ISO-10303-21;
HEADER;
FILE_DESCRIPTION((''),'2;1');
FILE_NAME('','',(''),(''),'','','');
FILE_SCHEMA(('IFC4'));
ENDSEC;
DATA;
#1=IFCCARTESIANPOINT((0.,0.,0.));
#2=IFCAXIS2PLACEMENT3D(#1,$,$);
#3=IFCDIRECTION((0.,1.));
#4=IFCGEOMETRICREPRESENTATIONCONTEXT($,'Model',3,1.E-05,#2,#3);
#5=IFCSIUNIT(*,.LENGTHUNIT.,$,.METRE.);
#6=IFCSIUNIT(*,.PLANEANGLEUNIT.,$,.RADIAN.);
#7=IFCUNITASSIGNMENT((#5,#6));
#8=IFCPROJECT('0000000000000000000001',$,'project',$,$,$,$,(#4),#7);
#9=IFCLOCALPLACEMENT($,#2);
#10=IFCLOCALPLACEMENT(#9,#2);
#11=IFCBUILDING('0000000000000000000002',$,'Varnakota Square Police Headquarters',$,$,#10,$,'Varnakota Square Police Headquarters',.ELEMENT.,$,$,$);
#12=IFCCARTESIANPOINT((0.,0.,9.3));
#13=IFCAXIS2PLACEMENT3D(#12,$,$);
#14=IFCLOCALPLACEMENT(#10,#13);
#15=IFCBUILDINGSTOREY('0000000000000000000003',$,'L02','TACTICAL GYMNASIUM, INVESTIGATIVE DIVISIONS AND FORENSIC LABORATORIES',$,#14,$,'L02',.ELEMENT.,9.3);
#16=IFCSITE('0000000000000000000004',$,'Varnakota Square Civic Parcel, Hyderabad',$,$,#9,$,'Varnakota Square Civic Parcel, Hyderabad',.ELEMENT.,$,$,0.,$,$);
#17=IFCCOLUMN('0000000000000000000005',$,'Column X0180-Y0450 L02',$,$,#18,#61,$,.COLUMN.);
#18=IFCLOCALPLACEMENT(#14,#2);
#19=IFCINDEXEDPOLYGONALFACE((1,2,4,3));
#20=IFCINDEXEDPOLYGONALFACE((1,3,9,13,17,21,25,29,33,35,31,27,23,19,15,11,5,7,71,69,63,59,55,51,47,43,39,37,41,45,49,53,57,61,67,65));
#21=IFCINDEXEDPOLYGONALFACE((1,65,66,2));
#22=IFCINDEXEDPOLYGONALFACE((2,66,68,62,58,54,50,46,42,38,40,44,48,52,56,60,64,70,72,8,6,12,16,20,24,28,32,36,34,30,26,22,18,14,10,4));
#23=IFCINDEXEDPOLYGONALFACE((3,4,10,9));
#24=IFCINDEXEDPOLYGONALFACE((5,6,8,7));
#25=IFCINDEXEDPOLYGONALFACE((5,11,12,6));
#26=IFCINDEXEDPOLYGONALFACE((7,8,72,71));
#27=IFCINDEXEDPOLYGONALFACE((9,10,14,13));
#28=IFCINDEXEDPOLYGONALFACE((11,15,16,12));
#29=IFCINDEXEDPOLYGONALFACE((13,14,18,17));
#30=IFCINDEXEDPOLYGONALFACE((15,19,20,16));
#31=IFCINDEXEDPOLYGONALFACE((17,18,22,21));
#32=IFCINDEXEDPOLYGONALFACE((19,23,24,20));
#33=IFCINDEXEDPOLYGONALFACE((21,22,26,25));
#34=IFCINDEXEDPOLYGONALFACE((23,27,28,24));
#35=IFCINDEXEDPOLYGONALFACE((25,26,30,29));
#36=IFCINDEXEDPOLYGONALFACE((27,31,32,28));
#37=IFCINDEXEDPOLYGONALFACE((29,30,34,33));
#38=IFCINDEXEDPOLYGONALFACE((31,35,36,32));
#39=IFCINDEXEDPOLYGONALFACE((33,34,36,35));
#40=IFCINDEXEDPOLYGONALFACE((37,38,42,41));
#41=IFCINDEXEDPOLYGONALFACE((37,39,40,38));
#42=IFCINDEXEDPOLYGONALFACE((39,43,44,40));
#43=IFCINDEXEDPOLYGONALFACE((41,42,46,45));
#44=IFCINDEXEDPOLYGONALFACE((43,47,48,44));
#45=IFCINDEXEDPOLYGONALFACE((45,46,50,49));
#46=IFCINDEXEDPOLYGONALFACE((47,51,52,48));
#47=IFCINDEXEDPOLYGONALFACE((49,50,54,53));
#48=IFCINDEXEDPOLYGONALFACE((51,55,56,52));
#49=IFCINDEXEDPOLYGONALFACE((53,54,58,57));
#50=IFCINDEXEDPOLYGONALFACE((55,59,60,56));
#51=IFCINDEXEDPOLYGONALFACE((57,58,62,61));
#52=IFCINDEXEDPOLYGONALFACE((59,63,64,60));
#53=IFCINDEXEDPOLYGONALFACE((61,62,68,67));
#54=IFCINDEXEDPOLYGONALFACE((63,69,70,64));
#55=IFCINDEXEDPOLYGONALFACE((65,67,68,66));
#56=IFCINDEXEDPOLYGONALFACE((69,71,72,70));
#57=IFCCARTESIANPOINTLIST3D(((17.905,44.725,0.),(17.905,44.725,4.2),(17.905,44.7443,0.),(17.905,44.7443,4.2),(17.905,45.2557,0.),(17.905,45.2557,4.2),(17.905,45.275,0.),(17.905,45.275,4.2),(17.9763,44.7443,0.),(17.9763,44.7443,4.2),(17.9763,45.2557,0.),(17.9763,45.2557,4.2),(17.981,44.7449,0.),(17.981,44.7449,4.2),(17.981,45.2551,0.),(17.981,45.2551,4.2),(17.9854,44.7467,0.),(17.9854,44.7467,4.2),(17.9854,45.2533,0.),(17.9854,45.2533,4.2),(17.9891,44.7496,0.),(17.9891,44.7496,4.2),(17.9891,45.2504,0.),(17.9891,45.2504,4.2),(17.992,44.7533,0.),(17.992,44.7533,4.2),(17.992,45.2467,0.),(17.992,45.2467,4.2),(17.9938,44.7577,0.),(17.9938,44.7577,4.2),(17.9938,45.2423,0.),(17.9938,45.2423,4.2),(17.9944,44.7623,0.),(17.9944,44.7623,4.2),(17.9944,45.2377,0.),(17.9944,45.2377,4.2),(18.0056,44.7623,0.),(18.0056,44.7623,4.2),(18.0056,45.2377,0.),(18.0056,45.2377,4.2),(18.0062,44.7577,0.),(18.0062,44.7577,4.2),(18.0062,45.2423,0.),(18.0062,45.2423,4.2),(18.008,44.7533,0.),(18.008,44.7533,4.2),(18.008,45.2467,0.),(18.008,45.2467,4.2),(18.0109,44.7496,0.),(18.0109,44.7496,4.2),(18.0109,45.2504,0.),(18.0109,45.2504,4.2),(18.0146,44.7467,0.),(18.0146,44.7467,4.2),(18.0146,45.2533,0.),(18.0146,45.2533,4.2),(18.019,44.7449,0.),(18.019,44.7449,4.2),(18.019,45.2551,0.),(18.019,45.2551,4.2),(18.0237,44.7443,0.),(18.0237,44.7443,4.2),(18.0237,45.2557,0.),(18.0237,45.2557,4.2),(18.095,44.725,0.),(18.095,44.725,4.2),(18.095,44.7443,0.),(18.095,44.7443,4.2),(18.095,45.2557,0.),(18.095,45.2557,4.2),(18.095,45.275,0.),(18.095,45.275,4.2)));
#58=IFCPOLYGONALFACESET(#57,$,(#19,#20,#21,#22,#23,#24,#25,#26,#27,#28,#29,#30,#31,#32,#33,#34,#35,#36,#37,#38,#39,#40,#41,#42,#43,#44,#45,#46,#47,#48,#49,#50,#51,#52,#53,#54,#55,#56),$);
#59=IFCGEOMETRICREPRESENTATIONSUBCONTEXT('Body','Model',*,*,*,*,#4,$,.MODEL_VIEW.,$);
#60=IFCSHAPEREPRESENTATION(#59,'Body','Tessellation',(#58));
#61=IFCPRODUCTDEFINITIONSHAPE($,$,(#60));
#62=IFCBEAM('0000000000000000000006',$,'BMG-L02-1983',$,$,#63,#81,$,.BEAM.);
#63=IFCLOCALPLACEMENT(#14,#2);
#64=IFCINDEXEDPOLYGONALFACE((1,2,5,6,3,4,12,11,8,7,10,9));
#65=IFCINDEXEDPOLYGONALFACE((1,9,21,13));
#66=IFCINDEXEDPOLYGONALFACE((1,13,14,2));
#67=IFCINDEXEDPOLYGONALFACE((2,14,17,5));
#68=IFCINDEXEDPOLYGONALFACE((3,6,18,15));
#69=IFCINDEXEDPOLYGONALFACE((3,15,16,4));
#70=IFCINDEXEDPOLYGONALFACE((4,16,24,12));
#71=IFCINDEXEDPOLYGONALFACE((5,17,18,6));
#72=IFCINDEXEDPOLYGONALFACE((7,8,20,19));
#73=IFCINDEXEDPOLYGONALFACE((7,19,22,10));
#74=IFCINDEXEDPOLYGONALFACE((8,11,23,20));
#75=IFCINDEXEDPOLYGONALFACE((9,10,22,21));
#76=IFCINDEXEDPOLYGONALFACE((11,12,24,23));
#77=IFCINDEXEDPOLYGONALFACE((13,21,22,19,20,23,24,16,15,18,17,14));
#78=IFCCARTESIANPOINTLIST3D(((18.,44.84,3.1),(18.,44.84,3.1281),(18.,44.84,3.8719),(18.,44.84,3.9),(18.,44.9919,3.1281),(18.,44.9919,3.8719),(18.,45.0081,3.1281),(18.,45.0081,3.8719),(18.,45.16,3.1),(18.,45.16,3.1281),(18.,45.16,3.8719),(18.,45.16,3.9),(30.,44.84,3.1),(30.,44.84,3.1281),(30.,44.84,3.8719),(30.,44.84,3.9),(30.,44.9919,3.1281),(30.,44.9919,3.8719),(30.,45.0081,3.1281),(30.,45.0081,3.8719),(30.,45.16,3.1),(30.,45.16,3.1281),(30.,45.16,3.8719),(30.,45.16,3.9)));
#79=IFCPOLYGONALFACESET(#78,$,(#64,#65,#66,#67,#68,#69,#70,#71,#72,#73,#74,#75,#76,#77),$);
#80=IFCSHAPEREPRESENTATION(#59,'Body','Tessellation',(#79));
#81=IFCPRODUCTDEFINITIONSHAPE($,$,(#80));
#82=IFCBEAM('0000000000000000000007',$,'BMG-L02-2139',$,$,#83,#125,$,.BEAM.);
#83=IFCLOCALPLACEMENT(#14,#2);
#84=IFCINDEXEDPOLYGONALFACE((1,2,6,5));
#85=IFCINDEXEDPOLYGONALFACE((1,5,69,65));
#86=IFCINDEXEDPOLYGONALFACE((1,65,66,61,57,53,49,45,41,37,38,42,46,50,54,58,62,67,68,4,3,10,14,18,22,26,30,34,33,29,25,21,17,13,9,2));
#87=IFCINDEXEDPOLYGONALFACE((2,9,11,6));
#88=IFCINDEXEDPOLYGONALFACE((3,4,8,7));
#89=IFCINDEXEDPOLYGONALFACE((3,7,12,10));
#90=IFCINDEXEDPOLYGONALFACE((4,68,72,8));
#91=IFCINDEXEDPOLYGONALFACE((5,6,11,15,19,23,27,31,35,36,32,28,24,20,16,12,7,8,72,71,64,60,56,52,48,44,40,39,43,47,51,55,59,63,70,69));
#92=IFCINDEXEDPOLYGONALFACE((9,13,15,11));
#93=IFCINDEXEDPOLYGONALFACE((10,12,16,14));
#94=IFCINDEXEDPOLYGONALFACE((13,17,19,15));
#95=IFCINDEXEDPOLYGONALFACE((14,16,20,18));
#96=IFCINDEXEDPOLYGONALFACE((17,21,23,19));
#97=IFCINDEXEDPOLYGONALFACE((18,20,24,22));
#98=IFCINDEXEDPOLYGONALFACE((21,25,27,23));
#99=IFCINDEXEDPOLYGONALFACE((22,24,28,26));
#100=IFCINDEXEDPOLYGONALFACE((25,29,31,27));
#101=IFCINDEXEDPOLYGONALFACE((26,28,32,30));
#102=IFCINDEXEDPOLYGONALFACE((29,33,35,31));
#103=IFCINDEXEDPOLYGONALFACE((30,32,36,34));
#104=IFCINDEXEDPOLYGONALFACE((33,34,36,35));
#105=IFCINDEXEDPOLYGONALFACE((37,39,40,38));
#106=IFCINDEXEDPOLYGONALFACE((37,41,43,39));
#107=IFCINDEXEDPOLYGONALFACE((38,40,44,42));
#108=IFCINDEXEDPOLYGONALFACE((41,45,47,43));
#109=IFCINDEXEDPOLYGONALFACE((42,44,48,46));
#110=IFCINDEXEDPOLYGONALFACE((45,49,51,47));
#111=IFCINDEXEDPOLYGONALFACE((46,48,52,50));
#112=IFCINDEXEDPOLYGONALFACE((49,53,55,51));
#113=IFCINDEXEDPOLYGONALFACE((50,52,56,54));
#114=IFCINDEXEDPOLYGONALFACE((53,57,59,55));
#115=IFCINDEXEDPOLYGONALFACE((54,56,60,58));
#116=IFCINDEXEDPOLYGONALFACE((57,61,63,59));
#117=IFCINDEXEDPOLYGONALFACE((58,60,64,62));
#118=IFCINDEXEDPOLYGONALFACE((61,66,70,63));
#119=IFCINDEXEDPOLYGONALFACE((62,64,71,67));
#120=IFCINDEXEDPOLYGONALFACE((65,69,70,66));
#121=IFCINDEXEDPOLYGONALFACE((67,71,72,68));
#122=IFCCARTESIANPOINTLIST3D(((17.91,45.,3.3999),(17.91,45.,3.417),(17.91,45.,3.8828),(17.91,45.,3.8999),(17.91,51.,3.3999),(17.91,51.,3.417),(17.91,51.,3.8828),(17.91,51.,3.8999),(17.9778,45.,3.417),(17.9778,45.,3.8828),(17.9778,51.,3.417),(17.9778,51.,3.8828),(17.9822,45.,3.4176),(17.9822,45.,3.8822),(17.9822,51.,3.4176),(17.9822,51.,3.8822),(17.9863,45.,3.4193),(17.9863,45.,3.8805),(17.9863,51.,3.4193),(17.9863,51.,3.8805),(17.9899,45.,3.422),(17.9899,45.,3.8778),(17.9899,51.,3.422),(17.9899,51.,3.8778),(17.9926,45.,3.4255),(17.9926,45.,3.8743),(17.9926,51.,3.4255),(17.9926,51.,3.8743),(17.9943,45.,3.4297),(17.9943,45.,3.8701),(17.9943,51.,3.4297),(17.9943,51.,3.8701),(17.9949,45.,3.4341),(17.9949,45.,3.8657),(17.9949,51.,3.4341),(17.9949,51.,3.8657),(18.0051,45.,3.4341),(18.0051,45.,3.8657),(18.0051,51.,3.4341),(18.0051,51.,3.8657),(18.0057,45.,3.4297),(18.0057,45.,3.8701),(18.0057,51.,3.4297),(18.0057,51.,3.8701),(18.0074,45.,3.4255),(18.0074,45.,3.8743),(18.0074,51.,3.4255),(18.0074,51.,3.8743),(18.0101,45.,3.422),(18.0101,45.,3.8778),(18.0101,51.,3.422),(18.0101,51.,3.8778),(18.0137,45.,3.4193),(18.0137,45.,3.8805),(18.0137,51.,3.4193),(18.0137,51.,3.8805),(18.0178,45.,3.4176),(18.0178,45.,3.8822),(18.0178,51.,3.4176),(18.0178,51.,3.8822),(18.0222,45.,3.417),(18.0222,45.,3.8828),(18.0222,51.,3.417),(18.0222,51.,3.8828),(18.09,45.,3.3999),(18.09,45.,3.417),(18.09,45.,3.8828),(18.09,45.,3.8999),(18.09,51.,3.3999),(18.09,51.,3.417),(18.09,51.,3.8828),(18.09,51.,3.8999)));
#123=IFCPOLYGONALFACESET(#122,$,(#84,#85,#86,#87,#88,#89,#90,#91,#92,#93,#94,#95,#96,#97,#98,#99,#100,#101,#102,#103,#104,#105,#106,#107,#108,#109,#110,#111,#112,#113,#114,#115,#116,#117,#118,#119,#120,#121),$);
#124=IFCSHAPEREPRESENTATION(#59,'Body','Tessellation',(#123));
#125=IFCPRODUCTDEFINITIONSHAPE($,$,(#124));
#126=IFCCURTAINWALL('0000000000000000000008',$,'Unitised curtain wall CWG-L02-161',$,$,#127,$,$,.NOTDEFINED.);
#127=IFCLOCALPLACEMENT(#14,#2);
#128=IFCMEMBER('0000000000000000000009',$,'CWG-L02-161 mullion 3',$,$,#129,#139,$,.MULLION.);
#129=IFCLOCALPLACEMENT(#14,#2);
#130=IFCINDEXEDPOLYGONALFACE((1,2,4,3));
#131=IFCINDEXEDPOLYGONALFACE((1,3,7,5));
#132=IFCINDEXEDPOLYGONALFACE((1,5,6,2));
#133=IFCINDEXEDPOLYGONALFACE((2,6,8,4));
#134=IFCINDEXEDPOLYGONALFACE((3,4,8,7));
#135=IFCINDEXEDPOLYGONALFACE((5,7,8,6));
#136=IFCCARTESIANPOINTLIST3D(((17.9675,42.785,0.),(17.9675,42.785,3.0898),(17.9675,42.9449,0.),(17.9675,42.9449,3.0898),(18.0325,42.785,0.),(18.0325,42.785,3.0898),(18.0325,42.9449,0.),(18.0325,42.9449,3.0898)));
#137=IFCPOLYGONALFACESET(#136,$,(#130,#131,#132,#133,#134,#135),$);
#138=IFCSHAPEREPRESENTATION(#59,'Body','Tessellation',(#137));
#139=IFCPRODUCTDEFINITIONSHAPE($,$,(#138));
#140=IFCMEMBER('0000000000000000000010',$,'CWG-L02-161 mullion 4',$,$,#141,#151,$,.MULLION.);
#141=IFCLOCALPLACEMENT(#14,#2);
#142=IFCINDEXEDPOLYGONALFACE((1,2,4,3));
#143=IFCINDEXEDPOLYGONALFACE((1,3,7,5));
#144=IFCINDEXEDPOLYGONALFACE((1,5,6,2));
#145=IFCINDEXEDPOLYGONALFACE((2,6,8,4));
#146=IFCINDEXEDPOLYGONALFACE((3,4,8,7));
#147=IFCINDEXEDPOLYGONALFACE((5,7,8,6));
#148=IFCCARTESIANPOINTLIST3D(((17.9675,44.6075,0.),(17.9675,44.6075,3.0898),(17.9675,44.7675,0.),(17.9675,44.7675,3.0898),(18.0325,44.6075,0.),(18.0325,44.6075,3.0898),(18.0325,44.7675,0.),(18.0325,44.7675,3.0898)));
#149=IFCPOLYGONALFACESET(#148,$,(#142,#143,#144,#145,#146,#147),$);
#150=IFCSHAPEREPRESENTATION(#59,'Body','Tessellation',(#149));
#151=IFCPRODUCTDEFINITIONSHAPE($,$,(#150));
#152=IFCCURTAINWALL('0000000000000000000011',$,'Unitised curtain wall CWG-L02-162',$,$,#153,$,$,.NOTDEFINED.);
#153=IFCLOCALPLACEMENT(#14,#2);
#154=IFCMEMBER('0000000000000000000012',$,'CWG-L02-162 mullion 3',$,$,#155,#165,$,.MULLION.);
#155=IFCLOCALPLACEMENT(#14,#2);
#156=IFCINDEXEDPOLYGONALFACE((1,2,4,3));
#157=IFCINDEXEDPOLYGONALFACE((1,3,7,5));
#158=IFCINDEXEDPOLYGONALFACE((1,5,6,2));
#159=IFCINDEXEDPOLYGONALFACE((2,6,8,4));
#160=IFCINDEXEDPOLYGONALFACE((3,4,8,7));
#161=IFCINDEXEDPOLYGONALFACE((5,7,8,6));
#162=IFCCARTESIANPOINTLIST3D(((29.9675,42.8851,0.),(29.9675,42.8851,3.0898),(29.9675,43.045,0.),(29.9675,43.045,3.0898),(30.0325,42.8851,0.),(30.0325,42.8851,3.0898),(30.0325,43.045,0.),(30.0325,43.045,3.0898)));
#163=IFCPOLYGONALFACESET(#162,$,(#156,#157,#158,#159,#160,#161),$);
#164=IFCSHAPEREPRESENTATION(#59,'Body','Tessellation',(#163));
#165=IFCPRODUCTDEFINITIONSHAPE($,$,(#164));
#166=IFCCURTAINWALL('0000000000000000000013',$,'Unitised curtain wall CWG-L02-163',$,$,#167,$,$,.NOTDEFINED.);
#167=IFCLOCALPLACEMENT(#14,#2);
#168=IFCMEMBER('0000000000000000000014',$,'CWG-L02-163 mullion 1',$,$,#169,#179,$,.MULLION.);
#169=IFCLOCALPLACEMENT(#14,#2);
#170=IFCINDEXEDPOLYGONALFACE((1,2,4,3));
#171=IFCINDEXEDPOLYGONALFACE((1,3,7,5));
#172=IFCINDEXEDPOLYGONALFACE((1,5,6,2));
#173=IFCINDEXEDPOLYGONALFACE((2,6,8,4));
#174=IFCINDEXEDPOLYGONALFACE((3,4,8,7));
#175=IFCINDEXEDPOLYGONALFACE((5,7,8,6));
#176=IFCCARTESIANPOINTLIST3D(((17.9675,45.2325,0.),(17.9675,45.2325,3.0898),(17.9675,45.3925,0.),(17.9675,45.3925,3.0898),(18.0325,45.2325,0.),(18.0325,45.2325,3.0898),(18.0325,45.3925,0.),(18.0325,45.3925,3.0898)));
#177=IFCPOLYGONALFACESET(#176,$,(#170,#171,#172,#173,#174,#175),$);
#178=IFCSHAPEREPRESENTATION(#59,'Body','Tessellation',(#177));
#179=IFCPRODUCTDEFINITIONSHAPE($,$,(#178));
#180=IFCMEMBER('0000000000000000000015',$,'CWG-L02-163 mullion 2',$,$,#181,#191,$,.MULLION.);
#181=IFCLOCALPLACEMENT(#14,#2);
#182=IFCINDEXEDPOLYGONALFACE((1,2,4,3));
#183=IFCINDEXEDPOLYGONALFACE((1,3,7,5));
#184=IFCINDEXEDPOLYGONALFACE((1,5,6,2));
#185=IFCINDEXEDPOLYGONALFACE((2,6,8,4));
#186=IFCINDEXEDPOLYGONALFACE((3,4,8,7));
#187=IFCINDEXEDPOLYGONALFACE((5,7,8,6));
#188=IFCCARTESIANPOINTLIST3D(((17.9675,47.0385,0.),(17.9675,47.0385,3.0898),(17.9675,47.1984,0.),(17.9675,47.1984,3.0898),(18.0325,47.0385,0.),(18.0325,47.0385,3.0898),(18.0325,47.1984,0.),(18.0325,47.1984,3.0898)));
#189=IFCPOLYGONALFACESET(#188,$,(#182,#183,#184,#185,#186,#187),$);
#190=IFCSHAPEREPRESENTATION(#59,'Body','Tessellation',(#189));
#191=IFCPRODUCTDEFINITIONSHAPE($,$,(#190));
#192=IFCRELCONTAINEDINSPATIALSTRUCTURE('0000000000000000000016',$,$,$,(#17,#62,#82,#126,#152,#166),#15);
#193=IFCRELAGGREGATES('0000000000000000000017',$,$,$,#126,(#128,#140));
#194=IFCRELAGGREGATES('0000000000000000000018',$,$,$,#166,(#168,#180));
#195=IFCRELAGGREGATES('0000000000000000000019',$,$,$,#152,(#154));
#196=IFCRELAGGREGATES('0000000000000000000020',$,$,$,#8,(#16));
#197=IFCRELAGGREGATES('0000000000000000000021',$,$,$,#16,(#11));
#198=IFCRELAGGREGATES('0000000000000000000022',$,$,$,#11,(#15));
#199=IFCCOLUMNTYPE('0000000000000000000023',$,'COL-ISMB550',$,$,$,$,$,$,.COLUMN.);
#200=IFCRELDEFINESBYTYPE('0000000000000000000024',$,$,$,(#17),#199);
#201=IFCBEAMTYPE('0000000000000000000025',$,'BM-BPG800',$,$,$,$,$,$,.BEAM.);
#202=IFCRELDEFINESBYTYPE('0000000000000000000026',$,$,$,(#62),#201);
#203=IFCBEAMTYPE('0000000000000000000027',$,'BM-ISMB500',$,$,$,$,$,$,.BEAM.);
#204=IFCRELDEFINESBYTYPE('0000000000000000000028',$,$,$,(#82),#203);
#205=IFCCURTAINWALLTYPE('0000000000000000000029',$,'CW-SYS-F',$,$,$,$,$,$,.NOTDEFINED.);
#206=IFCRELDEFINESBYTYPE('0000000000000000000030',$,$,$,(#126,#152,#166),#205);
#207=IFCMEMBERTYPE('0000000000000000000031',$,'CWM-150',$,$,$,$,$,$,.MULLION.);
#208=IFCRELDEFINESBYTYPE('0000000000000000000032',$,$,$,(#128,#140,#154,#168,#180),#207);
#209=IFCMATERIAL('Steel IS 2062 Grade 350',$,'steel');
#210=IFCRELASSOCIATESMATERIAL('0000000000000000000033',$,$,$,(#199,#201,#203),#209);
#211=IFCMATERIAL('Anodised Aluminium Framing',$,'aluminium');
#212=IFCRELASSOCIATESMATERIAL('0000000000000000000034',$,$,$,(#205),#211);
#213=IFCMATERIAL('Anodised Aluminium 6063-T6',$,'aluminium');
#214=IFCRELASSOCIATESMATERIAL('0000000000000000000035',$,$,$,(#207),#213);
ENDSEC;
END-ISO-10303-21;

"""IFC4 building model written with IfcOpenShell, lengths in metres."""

from ifc_helpers import new_model, si_unit, direction, frame, origin, origin_2d, place, context, subcontext, project, spatial, rectangle, i_section, extrude, material, material_profile, profile_set, type_object, element, aggregate, save


model = new_model("IFC4")

# Units and contexts
model_context = context("Model", 3, precision=1e-05, world=origin(), true_north=direction((0.0, 1.0)))
body_context = subcontext(model_context, "Body", "Model", "MODEL_VIEW")
ifc_project = project(units=[si_unit("LENGTHUNIT", "METRE"), si_unit("PLANEANGLEUNIT", "RADIAN")], contexts=[model_context])

# Site, building, storey
site_placement = place(None, origin())
site = spatial("IfcSite", under=ifc_project, at=site_placement, Name="Varnakota Square Civic Parcel, Hyderabad", LongName="Varnakota Square Civic Parcel, Hyderabad", CompositionType="ELEMENT", RefElevation=0.0)
building_placement = place(site_placement, origin())
building = spatial("IfcBuilding", under=site, at=building_placement, Name="Varnakota Square Police Headquarters", LongName="Varnakota Square Police Headquarters", CompositionType="ELEMENT")
storey_placement = place(building_placement, frame((0.0, 0.0, 9.3)))
storey = spatial("IfcBuildingStorey", under=building, at=storey_placement, Name="L02", Description="TACTICAL GYMNASIUM, INVESTIGATIVE DIVISIONS AND FORENSIC LABORATORIES", LongName="L02", CompositionType="ELEMENT", Elevation=9.3)

# Column
ifc_material_1 = material(Name="Steel IS 2062 Grade 350", Category="steel")
ifc_material_profile_1 = material_profile(ifc_material_1, i_section(OverallWidth=0.1899, OverallDepth=0.55, WebThickness=0.0112, FlangeThickness=0.0193, FilletRadius=0.0181, at=origin_2d()), Name="ISMB 550")
ifc_profile_set_1 = profile_set([ifc_material_profile_1], Name="Steel IS 2062 Grade 350")
column_type = type_object("IfcColumnType", Name="COL-ISMB550", PredefinedType="COLUMN", material=ifc_profile_set_1)
column_placement = place(storey_placement, frame((18.0, 45.0, 0.0), z_axis=(0.0, 0.0, 1.0), x_axis=(1.0, 0.0, 0.0)))
element("IfcColumn", 1, at=column_placement, inside=storey, type_object=column_type, Name="Column X0180-Y0450 L02", PredefinedType="COLUMN", context=body_context, shape_type="SweptSolid", body=[
    extrude(i_section(OverallWidth=0.1899, OverallDepth=0.55, WebThickness=0.0112, FlangeThickness=0.0193, FilletRadius=0.0181, at=origin_2d()), origin(), (0.0, 0.0, 1.0), 4.2),
])

# Beams
ifc_material_profile_2 = material_profile(ifc_material_1, i_section(OverallWidth=0.3201, OverallDepth=0.8, WebThickness=0.0161, FlangeThickness=0.0281, at=origin_2d()), Name="BPG 800x320")
ifc_profile_set_2 = profile_set([ifc_material_profile_2], Name="Steel IS 2062 Grade 350")
beam_type_1 = type_object("IfcBeamType", Name="BM-BPG800", PredefinedType="BEAM", material=ifc_profile_set_2)
beam_1_placement = place(storey_placement, frame((18.0, 45.0, 3.5), z_axis=(1.0, 0.0, 0.0), x_axis=(0.0, 1.0, 0.0)))
element("IfcBeam", 2, at=beam_1_placement, inside=storey, type_object=beam_type_1, Name="BMG-L02-1983", PredefinedType="BEAM", context=body_context, shape_type="SweptSolid", body=[
    extrude(i_section(OverallWidth=0.3201, OverallDepth=0.8, WebThickness=0.0161, FlangeThickness=0.0281, at=origin_2d()), origin(), (0.0, 0.0, 1.0), 12.0),
])
ifc_material_profile_3 = material_profile(ifc_material_1, i_section(OverallWidth=0.1799, OverallDepth=0.5, WebThickness=0.0103, FlangeThickness=0.0171, FilletRadius=0.0171, at=origin_2d()), Name="ISMB 500")
ifc_profile_set_3 = profile_set([ifc_material_profile_3], Name="Steel IS 2062 Grade 350")
beam_type_2 = type_object("IfcBeamType", Name="BM-ISMB500", PredefinedType="BEAM", material=ifc_profile_set_3)
beam_2_placement = place(storey_placement, frame((18.0, 45.0, 3.6499), z_axis=(0.0, 1.0, 0.0), x_axis=(-1.0, 0.0, 0.0)))
element("IfcBeam", 3, at=beam_2_placement, inside=storey, type_object=beam_type_2, Name="BMG-L02-2139", PredefinedType="BEAM", context=body_context, shape_type="SweptSolid", body=[
    extrude(i_section(OverallWidth=0.1799, OverallDepth=0.5, WebThickness=0.0103, FlangeThickness=0.0171, FilletRadius=0.0171, at=origin_2d()), origin(), (0.0, 0.0, 1.0), 6.0),
])

# Curtain wall, members
ifc_material_2 = material(Name="Anodised Aluminium Framing", Category="aluminium")
curtain_wall_type = type_object("IfcCurtainWallType", Name="CW-SYS-F", PredefinedType="NOTDEFINED", material=ifc_material_2)
curtain_wall_1_placement = place(storey_placement, origin())
curtain_wall_1 = element("IfcCurtainWall", 4, at=curtain_wall_1_placement, inside=storey, type_object=curtain_wall_type, Name="Unitised curtain wall CWG-L02-161", PredefinedType="NOTDEFINED")
ifc_material_3 = material(Name="Anodised Aluminium 6063-T6", Category="aluminium")
ifc_material_profile_4 = material_profile(ifc_material_3, rectangle(XDim=0.0649, YDim=0.1599, at=origin_2d()), Name="ALU MULLION 65x160")
ifc_profile_set_4 = profile_set([ifc_material_profile_4], Name="Anodised Aluminium 6063-T6")
member_type_1 = type_object("IfcMemberType", Name="CWM-150", PredefinedType="MULLION", material=ifc_profile_set_4)
member_1_placement = place(storey_placement, frame((18.0, 42.865, 0.0), z_axis=(0.0, 0.0, 1.0), x_axis=(-1.0, 0.0, 0.0)))
member_1 = element("IfcMember", 5, at=member_1_placement, type_object=member_type_1, Name="CWG-L02-161 mullion 3", PredefinedType="MULLION", context=body_context, shape_type="SweptSolid", body=[
    extrude(rectangle(XDim=0.0649, YDim=0.1599, at=origin_2d()), origin(), (0.0, 0.0, 1.0), 3.0898),
])
member_2_placement = place(storey_placement, frame((18.0, 44.6875, 0.0), z_axis=(0.0, 0.0, 1.0), x_axis=(-1.0, 0.0, 0.0)))
member_2 = element("IfcMember", 6, at=member_2_placement, type_object=member_type_1, Name="CWG-L02-161 mullion 4", PredefinedType="MULLION", context=body_context, shape_type="SweptSolid", body=[
    extrude(rectangle(XDim=0.0649, YDim=0.1599, at=origin_2d()), origin(), (0.0, 0.0, 1.0), 3.0898),
])

# Curtain wall, member
curtain_wall_2_placement = place(storey_placement, origin())
curtain_wall_2 = element("IfcCurtainWall", 7, at=curtain_wall_2_placement, inside=storey, type_object=curtain_wall_type, Name="Unitised curtain wall CWG-L02-162", PredefinedType="NOTDEFINED")
member_3_placement = place(storey_placement, frame((30.0, 42.9651, 0.0), z_axis=(0.0, 0.0, 1.0), x_axis=(-1.0, 0.0, 0.0)))
member_3 = element("IfcMember", 8, at=member_3_placement, type_object=member_type_1, Name="CWG-L02-162 mullion 3", PredefinedType="MULLION", context=body_context, shape_type="SweptSolid", body=[
    extrude(rectangle(XDim=0.0649, YDim=0.1599, at=origin_2d()), origin(), (0.0, 0.0, 1.0), 3.0898),
])

# Curtain wall, members
curtain_wall_3_placement = place(storey_placement, origin())
curtain_wall_3 = element("IfcCurtainWall", 9, at=curtain_wall_3_placement, inside=storey, type_object=curtain_wall_type, Name="Unitised curtain wall CWG-L02-163", PredefinedType="NOTDEFINED")
member_4_placement = place(storey_placement, frame((18.0, 45.3125, 0.0), z_axis=(0.0, 0.0, 1.0), x_axis=(-1.0, 0.0, 0.0)))
member_4 = element("IfcMember", 10, at=member_4_placement, type_object=member_type_1, Name="CWG-L02-163 mullion 1", PredefinedType="MULLION", context=body_context, shape_type="SweptSolid", body=[
    extrude(rectangle(XDim=0.0649, YDim=0.1599, at=origin_2d()), origin(), (0.0, 0.0, 1.0), 3.0898),
])
member_5_placement = place(storey_placement, frame((18.0, 47.1184, 0.0), z_axis=(0.0, 0.0, 1.0), x_axis=(-1.0, 0.0, 0.0)))
member_5 = element("IfcMember", 11, at=member_5_placement, type_object=member_type_1, Name="CWG-L02-163 mullion 2", PredefinedType="MULLION", context=body_context, shape_type="SweptSolid", body=[
    extrude(rectangle(XDim=0.0649, YDim=0.1599, at=origin_2d()), origin(), (0.0, 0.0, 1.0), 3.0898),
])

aggregate(curtain_wall_1, [member_1, member_2])
aggregate(curtain_wall_3, [member_4, member_5])
aggregate(curtain_wall_2, [member_3])

save(model, "model.ifc")
